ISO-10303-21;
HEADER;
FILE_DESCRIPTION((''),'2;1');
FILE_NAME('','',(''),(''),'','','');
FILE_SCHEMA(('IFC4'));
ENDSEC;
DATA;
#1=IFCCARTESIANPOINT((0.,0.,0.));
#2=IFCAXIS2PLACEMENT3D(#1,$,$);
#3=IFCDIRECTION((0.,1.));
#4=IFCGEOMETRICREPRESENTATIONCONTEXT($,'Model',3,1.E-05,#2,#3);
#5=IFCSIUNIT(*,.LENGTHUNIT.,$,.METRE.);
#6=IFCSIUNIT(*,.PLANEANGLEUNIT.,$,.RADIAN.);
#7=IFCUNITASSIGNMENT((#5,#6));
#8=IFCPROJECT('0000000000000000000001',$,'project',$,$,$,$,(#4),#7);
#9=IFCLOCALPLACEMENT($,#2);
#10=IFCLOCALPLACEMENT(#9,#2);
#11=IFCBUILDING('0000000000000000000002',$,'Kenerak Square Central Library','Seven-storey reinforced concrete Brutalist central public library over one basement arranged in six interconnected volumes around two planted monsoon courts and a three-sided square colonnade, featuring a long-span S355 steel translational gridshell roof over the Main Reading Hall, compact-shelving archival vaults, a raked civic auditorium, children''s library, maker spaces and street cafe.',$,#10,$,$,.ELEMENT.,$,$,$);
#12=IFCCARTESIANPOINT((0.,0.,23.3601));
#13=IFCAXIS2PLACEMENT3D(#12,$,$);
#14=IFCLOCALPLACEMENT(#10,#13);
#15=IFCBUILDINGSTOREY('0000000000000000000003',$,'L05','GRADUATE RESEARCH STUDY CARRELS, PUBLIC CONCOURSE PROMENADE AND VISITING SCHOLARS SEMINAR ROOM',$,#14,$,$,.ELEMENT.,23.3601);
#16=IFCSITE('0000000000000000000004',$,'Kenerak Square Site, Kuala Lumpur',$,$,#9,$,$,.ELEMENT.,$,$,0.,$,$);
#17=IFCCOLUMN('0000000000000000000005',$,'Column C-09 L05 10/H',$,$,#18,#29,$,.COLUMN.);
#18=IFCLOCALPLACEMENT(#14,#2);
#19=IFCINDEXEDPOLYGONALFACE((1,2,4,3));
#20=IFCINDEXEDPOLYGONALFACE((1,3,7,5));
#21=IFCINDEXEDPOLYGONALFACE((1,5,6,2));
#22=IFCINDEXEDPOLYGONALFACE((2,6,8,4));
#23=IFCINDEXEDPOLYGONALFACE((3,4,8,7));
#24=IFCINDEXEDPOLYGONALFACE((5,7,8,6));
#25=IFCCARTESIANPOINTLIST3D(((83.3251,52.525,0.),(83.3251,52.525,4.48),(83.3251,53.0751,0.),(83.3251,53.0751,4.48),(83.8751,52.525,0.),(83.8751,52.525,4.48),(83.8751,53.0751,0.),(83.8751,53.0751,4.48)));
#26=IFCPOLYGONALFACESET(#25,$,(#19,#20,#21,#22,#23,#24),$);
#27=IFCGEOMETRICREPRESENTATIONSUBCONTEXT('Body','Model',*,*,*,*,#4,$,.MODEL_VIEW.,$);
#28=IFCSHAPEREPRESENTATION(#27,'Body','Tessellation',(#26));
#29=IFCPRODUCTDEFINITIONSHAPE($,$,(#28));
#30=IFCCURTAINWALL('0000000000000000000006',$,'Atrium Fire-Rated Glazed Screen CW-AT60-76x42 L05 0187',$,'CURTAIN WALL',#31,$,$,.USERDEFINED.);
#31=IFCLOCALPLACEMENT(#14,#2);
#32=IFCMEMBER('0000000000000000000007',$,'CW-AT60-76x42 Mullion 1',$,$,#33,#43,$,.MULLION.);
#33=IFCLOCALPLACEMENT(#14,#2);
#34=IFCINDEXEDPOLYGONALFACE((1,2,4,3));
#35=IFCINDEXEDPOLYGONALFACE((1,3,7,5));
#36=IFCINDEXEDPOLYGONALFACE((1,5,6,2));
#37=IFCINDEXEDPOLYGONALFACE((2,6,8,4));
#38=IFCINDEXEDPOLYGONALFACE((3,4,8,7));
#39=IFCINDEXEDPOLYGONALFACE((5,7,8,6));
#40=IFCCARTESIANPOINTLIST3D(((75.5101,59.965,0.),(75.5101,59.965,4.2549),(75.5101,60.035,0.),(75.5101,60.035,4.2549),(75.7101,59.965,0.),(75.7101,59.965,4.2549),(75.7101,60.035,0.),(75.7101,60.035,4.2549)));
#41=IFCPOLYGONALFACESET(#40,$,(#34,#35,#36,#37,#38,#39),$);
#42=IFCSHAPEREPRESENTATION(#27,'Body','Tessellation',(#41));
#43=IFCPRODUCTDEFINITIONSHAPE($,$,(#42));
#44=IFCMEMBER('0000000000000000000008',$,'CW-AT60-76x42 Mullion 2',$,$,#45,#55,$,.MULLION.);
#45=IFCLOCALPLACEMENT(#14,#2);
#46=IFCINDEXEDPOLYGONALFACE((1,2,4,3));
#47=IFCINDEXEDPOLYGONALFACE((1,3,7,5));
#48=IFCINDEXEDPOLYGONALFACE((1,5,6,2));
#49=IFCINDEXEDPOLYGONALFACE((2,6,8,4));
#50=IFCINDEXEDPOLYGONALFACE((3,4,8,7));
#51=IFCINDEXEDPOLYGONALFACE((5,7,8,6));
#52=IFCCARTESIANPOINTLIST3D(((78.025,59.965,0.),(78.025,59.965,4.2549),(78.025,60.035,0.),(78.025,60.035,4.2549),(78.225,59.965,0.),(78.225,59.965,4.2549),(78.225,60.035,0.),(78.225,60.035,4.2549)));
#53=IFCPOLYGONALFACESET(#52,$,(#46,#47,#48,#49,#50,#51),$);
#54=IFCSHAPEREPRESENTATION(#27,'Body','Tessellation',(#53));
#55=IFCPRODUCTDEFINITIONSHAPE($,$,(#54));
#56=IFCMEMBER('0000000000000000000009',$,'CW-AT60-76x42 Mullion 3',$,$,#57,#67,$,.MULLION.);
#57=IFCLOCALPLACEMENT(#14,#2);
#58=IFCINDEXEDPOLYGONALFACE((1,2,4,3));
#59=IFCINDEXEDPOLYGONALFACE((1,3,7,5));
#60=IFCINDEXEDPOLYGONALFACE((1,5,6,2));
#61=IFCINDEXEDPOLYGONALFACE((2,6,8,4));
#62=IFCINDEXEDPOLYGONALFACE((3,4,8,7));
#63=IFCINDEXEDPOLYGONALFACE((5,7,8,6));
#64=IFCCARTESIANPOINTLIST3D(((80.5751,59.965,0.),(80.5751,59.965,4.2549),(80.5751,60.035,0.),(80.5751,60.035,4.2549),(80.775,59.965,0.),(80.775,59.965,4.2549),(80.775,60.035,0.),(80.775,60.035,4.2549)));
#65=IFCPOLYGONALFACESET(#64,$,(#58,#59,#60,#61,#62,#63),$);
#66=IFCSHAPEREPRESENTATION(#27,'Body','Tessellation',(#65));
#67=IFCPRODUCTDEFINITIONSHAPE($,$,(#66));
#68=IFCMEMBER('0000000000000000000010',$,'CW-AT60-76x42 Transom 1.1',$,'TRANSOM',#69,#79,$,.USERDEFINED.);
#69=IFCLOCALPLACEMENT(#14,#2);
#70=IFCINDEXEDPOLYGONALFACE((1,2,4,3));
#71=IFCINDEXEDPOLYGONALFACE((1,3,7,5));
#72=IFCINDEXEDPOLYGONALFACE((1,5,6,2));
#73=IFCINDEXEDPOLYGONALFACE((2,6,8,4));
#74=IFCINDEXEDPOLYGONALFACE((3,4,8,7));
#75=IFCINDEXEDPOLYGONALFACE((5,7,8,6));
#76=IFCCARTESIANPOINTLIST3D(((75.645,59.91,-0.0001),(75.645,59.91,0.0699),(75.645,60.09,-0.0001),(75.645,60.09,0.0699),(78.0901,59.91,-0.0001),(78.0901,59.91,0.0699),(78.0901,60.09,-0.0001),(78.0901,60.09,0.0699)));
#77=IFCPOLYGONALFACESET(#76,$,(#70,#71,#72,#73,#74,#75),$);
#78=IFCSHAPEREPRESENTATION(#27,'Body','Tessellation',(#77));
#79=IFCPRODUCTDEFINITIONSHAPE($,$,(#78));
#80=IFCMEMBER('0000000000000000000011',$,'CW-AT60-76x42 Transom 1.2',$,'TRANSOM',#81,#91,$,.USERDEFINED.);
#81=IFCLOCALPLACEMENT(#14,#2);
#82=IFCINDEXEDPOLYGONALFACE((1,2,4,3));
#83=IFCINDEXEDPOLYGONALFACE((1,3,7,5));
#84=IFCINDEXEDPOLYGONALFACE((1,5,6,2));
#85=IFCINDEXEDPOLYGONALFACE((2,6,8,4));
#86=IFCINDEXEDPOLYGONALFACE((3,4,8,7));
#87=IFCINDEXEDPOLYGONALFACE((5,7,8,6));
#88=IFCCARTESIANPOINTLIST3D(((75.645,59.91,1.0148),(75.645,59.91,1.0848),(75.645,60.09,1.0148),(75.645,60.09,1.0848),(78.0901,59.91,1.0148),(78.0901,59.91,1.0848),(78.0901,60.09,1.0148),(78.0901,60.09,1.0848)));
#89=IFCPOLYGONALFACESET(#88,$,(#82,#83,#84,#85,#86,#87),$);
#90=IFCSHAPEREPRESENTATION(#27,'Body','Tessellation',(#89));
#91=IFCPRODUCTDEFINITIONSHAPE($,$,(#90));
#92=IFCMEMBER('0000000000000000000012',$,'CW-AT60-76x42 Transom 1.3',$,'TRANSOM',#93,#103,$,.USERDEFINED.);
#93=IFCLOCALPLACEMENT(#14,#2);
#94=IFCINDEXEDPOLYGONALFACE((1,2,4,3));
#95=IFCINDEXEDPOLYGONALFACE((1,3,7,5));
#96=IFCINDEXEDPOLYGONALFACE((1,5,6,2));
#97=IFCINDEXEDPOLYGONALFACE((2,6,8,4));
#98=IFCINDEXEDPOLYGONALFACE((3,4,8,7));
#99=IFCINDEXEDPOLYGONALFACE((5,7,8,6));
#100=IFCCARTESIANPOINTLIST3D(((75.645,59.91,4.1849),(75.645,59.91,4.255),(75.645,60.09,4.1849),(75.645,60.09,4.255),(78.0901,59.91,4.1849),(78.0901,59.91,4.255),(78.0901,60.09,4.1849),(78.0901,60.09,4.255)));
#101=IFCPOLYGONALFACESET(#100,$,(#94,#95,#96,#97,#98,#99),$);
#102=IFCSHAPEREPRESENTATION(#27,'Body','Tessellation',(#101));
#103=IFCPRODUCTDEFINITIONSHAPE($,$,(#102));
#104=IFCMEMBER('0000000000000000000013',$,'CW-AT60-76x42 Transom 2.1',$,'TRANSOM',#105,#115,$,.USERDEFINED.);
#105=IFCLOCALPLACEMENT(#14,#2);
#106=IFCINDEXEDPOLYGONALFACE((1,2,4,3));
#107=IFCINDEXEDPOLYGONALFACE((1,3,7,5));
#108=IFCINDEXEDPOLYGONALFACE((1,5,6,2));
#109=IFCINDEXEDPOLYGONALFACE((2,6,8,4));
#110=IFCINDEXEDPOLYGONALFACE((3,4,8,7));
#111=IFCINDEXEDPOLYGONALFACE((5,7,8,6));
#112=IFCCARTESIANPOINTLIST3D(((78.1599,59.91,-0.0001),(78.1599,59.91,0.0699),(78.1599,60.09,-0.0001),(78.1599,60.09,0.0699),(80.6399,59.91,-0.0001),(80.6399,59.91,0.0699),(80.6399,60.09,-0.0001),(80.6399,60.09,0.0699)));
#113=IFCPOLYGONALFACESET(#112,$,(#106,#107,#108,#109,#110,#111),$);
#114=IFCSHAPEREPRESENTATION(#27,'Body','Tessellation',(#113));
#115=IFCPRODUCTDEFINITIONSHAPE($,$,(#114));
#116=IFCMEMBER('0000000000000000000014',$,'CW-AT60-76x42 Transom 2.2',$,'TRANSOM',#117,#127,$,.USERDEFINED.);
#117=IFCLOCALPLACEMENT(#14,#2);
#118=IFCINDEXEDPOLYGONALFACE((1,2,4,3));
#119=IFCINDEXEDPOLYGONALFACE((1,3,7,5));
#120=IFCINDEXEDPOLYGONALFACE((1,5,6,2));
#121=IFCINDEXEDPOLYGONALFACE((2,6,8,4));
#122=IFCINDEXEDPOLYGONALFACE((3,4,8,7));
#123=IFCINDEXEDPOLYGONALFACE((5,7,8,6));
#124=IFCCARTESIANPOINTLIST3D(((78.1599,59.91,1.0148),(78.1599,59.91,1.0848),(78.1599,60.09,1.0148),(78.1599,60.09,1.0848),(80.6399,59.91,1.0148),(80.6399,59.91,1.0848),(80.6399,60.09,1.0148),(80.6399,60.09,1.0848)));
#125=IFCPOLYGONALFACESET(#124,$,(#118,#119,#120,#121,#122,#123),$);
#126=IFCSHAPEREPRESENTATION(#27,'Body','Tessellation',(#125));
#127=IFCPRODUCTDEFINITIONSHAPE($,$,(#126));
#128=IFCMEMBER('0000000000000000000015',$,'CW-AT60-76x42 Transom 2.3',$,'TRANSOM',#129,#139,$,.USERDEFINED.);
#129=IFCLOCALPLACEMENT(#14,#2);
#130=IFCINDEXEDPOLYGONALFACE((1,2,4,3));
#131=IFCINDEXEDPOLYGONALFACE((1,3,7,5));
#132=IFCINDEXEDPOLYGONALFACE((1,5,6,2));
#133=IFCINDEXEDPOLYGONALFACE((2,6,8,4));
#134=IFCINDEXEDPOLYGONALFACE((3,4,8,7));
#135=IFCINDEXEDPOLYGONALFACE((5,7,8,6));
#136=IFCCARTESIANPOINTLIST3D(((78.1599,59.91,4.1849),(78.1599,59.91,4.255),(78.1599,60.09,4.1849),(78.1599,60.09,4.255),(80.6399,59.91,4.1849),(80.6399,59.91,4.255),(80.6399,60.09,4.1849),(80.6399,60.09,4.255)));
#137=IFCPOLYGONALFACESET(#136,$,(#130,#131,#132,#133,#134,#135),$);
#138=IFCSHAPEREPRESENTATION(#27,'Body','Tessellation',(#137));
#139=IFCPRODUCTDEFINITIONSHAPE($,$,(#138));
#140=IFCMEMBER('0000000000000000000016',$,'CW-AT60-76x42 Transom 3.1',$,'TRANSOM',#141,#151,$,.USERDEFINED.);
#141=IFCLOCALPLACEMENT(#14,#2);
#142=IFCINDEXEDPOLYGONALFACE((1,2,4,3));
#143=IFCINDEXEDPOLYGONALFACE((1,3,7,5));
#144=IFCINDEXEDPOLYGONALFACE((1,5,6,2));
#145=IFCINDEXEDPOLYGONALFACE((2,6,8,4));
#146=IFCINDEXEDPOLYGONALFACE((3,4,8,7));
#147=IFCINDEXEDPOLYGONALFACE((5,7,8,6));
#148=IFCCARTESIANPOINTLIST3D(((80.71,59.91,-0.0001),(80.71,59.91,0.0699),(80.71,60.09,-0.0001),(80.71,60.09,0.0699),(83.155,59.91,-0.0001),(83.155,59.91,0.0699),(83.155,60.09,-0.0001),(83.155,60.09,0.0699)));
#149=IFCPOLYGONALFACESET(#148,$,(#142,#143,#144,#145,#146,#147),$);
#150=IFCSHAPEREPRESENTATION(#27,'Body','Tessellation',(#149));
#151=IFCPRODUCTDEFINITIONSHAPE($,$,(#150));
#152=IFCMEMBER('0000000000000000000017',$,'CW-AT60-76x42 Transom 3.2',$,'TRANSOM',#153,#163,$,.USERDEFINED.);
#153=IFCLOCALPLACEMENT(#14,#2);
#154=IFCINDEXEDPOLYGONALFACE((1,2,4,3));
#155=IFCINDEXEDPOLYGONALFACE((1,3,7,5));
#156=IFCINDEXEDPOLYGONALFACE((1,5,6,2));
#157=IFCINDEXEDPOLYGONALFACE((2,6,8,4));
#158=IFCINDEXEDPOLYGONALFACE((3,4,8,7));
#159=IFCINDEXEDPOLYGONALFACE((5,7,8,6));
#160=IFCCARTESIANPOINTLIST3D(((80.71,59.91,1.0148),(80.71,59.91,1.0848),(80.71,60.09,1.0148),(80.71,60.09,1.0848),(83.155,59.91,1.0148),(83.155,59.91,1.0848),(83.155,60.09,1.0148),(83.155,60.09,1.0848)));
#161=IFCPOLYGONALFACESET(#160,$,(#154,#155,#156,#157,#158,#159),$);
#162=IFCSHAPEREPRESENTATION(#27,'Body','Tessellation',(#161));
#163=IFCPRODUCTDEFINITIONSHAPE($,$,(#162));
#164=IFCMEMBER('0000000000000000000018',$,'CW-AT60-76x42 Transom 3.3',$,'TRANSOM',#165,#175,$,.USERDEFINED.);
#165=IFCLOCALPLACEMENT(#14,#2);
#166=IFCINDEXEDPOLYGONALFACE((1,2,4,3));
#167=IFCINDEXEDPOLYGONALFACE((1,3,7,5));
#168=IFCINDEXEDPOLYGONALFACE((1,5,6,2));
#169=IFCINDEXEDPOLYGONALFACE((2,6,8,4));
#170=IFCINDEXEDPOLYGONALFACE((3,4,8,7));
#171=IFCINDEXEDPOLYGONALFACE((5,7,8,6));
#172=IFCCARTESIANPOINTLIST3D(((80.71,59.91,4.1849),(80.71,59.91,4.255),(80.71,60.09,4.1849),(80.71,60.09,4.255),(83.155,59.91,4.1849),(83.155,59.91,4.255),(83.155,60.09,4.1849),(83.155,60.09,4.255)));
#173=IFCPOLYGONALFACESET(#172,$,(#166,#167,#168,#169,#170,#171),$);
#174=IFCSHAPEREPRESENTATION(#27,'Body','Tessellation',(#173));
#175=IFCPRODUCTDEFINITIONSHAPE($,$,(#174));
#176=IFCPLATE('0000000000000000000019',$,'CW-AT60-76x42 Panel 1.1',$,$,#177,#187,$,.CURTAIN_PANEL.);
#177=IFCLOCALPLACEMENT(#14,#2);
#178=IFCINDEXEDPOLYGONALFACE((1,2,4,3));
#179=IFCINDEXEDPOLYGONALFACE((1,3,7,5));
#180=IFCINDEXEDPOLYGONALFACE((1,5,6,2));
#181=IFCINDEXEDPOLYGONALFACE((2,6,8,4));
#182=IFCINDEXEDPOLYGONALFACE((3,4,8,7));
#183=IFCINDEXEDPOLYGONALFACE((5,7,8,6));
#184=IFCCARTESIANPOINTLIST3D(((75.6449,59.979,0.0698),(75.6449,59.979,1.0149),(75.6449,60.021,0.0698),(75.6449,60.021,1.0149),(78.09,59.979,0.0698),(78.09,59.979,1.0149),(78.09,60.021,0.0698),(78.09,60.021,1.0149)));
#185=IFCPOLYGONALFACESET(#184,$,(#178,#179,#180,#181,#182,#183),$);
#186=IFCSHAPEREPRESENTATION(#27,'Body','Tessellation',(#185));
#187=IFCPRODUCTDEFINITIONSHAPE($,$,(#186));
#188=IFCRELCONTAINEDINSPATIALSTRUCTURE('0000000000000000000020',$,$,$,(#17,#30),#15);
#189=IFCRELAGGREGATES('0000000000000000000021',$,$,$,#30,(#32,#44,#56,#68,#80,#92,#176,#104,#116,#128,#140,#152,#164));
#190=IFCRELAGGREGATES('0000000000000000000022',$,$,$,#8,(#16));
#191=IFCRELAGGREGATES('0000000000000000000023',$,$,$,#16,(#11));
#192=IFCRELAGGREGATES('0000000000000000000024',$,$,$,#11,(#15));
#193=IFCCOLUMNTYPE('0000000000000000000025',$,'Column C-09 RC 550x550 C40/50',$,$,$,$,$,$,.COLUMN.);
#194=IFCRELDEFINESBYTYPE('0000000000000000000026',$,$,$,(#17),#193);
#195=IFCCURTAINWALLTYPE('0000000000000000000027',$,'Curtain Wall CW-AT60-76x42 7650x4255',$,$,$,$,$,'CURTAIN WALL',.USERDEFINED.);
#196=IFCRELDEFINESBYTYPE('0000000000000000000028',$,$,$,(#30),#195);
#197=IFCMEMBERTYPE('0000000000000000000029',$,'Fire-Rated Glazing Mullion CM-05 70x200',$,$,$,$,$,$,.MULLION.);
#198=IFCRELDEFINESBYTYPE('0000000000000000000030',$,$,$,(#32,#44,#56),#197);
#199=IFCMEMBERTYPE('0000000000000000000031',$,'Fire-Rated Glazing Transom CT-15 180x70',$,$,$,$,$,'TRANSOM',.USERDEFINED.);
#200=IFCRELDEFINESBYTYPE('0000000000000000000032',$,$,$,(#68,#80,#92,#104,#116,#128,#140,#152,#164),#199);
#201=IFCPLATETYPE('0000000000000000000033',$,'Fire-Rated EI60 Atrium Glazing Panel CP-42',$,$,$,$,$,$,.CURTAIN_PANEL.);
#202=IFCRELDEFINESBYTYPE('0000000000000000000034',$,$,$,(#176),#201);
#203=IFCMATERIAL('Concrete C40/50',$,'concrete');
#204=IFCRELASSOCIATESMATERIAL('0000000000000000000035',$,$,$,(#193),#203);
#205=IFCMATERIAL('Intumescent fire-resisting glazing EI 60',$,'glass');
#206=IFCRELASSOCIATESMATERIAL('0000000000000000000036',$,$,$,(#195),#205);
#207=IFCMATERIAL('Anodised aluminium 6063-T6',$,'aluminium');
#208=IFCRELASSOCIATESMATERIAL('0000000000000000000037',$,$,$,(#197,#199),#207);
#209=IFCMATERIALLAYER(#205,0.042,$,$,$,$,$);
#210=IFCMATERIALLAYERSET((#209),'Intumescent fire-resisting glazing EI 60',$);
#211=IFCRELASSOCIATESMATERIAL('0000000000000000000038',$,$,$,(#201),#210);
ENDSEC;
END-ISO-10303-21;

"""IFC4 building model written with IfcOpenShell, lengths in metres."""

from ifc_helpers import new_model, si_unit, direction, frame, origin, origin_2d, place, context, subcontext, project, spatial, rectangle, extrude, material, layer, layer_set, material_profile, profile_set, type_object, element, aggregate, save


model = new_model("IFC4")

# Units and contexts
model_context = context("Model", 3, precision=1e-05, world=origin(), true_north=direction((0.0, 1.0)))
body_context = subcontext(model_context, "Body", "Model", "MODEL_VIEW")
ifc_project = project(units=[si_unit("LENGTHUNIT", "METRE"), si_unit("PLANEANGLEUNIT", "RADIAN")], contexts=[model_context])

# Site, building, storey
site_placement = place(None, origin())
site = spatial("IfcSite", under=ifc_project, at=site_placement, Name="Kenerak Square Site, Kuala Lumpur", CompositionType="ELEMENT", RefElevation=0.0)
building_placement = place(site_placement, origin())
building = spatial("IfcBuilding", under=site, at=building_placement, Name="Kenerak Square Central Library", Description="Seven-storey reinforced concrete Brutalist central public library over one basement arranged in six interconnected volumes around two planted monsoon courts and a three-sided square colonnade, featuring a long-span S355 steel translational gridshell roof over the Main Reading Hall, compact-shelving archival vaults, a raked civic auditorium, children's library, maker spaces and street cafe.", CompositionType="ELEMENT")
storey_placement = place(building_placement, frame((0.0, 0.0, 23.3601)))
storey = spatial("IfcBuildingStorey", under=building, at=storey_placement, Name="L05", Description="GRADUATE RESEARCH STUDY CARRELS, PUBLIC CONCOURSE PROMENADE AND VISITING SCHOLARS SEMINAR ROOM", CompositionType="ELEMENT", Elevation=23.3601)

# Column
ifc_material_1 = material(Name="Concrete C40/50", Category="concrete")
ifc_material_profile_1 = material_profile(ifc_material_1, rectangle(XDim=0.55, YDim=0.55, at=origin_2d()), Name="RC 550x550")
ifc_profile_set_1 = profile_set([ifc_material_profile_1], Name="Concrete C40/50")
column_type = type_object("IfcColumnType", Name="Column C-09 RC 550x550 C40/50", PredefinedType="COLUMN", material=ifc_profile_set_1)
column_placement = place(storey_placement, frame((83.6001, 52.8, 0.0), z_axis=(0.0, 0.0, 1.0), x_axis=(1.0, 0.0, 0.0)))
element("IfcColumn", 1, at=column_placement, inside=storey, type_object=column_type, Name="Column C-09 L05 10/H", PredefinedType="COLUMN", context=body_context, shape_type="SweptSolid", body=[
    extrude(rectangle(XDim=0.55, YDim=0.55, at=origin_2d()), origin(), (0.0, 0.0, 1.0), 4.48),
])

# Curtain wall, members, plate
ifc_material_2 = material(Name="Intumescent fire-resisting glazing EI 60", Category="glass")
curtain_wall_type = type_object("IfcCurtainWallType", Name="Curtain Wall CW-AT60-76x42 7650x4255", ElementType="CURTAIN WALL", PredefinedType="USERDEFINED", material=ifc_material_2)
curtain_wall_placement = place(storey_placement, origin())
curtain_wall = element("IfcCurtainWall", 2, at=curtain_wall_placement, inside=storey, type_object=curtain_wall_type, Name="Atrium Fire-Rated Glazed Screen CW-AT60-76x42 L05 0187", ObjectType="CURTAIN WALL", PredefinedType="USERDEFINED")
ifc_material_3 = material(Name="Anodised aluminium 6063-T6", Category="aluminium")
ifc_material_profile_2 = material_profile(ifc_material_3, rectangle(XDim=0.0701, YDim=0.2, at=origin_2d()), Name="AL MULLION 70x200")
ifc_profile_set_2 = profile_set([ifc_material_profile_2], Name="Anodised aluminium 6063-T6")
member_type_1 = type_object("IfcMemberType", Name="Fire-Rated Glazing Mullion CM-05 70x200", PredefinedType="MULLION", material=ifc_profile_set_2)
member_1_placement = place(storey_placement, frame((75.6101, 60.0, 0.0), z_axis=(0.0, 0.0, 1.0), x_axis=(0.0, 1.0, 0.0)))
member_1 = element("IfcMember", 3, at=member_1_placement, type_object=member_type_1, Name="CW-AT60-76x42 Mullion 1", PredefinedType="MULLION", context=body_context, shape_type="SweptSolid", body=[
    extrude(rectangle(XDim=0.0701, YDim=0.2, at=origin_2d()), origin(), (0.0, 0.0, 1.0), 4.2549),
])
member_2_placement = place(storey_placement, frame((78.125, 60.0, 0.0), z_axis=(0.0, 0.0, 1.0), x_axis=(0.0, 1.0, 0.0)))
member_2 = element("IfcMember", 4, at=member_2_placement, type_object=member_type_1, Name="CW-AT60-76x42 Mullion 2", PredefinedType="MULLION", context=body_context, shape_type="SweptSolid", body=[
    extrude(rectangle(XDim=0.0701, YDim=0.2, at=origin_2d()), origin(), (0.0, 0.0, 1.0), 4.2549),
])
member_3_placement = place(storey_placement, frame((80.675, 60.0, 0.0), z_axis=(0.0, 0.0, 1.0), x_axis=(0.0, 1.0, 0.0)))
member_3 = element("IfcMember", 5, at=member_3_placement, type_object=member_type_1, Name="CW-AT60-76x42 Mullion 3", PredefinedType="MULLION", context=body_context, shape_type="SweptSolid", body=[
    extrude(rectangle(XDim=0.0701, YDim=0.2, at=origin_2d()), origin(), (0.0, 0.0, 1.0), 4.2549),
])
ifc_material_profile_3 = material_profile(ifc_material_3, rectangle(XDim=0.1799, YDim=0.0701, at=origin_2d()), Name="AL TRANSOM 180x70")
ifc_profile_set_3 = profile_set([ifc_material_profile_3], Name="Anodised aluminium 6063-T6")
member_type_2 = type_object("IfcMemberType", Name="Fire-Rated Glazing Transom CT-15 180x70", ElementType="TRANSOM", PredefinedType="USERDEFINED", material=ifc_profile_set_3)
member_4_placement = place(storey_placement, frame((75.645, 60.0, 0.0349), z_axis=(1.0, 0.0, 0.0), x_axis=(0.0, 1.0, 0.0)))
member_4 = element("IfcMember", 6, at=member_4_placement, type_object=member_type_2, Name="CW-AT60-76x42 Transom 1.1", ObjectType="TRANSOM", PredefinedType="USERDEFINED", context=body_context, shape_type="SweptSolid", body=[
    extrude(rectangle(XDim=0.1799, YDim=0.0701, at=origin_2d()), origin(), (0.0, 0.0, 1.0), 2.4451),
])
member_5_placement = place(storey_placement, frame((75.645, 60.0, 1.0498), z_axis=(1.0, 0.0, 0.0), x_axis=(0.0, 1.0, 0.0)))
member_5 = element("IfcMember", 7, at=member_5_placement, type_object=member_type_2, Name="CW-AT60-76x42 Transom 1.2", ObjectType="TRANSOM", PredefinedType="USERDEFINED", context=body_context, shape_type="SweptSolid", body=[
    extrude(rectangle(XDim=0.1799, YDim=0.0701, at=origin_2d()), origin(), (0.0, 0.0, 1.0), 2.4451),
])
member_6_placement = place(storey_placement, frame((75.645, 60.0, 4.22), z_axis=(1.0, 0.0, 0.0), x_axis=(0.0, 1.0, 0.0)))
member_6 = element("IfcMember", 8, at=member_6_placement, type_object=member_type_2, Name="CW-AT60-76x42 Transom 1.3", ObjectType="TRANSOM", PredefinedType="USERDEFINED", context=body_context, shape_type="SweptSolid", body=[
    extrude(rectangle(XDim=0.1799, YDim=0.0701, at=origin_2d()), origin(), (0.0, 0.0, 1.0), 2.4451),
])
member_7_placement = place(storey_placement, frame((78.1599, 60.0, 0.0349), z_axis=(1.0, 0.0, 0.0), x_axis=(0.0, 1.0, 0.0)))
member_7 = element("IfcMember", 9, at=member_7_placement, type_object=member_type_2, Name="CW-AT60-76x42 Transom 2.1", ObjectType="TRANSOM", PredefinedType="USERDEFINED", context=body_context, shape_type="SweptSolid", body=[
    extrude(rectangle(XDim=0.1799, YDim=0.0701, at=origin_2d()), origin(), (0.0, 0.0, 1.0), 2.48),
])
member_8_placement = place(storey_placement, frame((78.1599, 60.0, 1.0498), z_axis=(1.0, 0.0, 0.0), x_axis=(0.0, 1.0, 0.0)))
member_8 = element("IfcMember", 10, at=member_8_placement, type_object=member_type_2, Name="CW-AT60-76x42 Transom 2.2", ObjectType="TRANSOM", PredefinedType="USERDEFINED", context=body_context, shape_type="SweptSolid", body=[
    extrude(rectangle(XDim=0.1799, YDim=0.0701, at=origin_2d()), origin(), (0.0, 0.0, 1.0), 2.48),
])
member_9_placement = place(storey_placement, frame((78.1599, 60.0, 4.22), z_axis=(1.0, 0.0, 0.0), x_axis=(0.0, 1.0, 0.0)))
member_9 = element("IfcMember", 11, at=member_9_placement, type_object=member_type_2, Name="CW-AT60-76x42 Transom 2.3", ObjectType="TRANSOM", PredefinedType="USERDEFINED", context=body_context, shape_type="SweptSolid", body=[
    extrude(rectangle(XDim=0.1799, YDim=0.0701, at=origin_2d()), origin(), (0.0, 0.0, 1.0), 2.48),
])
member_10_placement = place(storey_placement, frame((80.71, 60.0, 0.0349), z_axis=(1.0, 0.0, 0.0), x_axis=(0.0, 1.0, 0.0)))
member_10 = element("IfcMember", 12, at=member_10_placement, type_object=member_type_2, Name="CW-AT60-76x42 Transom 3.1", ObjectType="TRANSOM", PredefinedType="USERDEFINED", context=body_context, shape_type="SweptSolid", body=[
    extrude(rectangle(XDim=0.1799, YDim=0.0701, at=origin_2d()), origin(), (0.0, 0.0, 1.0), 2.4451),
])
member_11_placement = place(storey_placement, frame((80.71, 60.0, 1.0498), z_axis=(1.0, 0.0, 0.0), x_axis=(0.0, 1.0, 0.0)))
member_11 = element("IfcMember", 13, at=member_11_placement, type_object=member_type_2, Name="CW-AT60-76x42 Transom 3.2", ObjectType="TRANSOM", PredefinedType="USERDEFINED", context=body_context, shape_type="SweptSolid", body=[
    extrude(rectangle(XDim=0.1799, YDim=0.0701, at=origin_2d()), origin(), (0.0, 0.0, 1.0), 2.4451),
])
member_12_placement = place(storey_placement, frame((80.71, 60.0, 4.22), z_axis=(1.0, 0.0, 0.0), x_axis=(0.0, 1.0, 0.0)))
member_12 = element("IfcMember", 14, at=member_12_placement, type_object=member_type_2, Name="CW-AT60-76x42 Transom 3.3", ObjectType="TRANSOM", PredefinedType="USERDEFINED", context=body_context, shape_type="SweptSolid", body=[
    extrude(rectangle(XDim=0.1799, YDim=0.0701, at=origin_2d()), origin(), (0.0, 0.0, 1.0), 2.4451),
])
ifc_layer_1 = layer(ifc_material_2, 0.042)
ifc_layer_set_1 = layer_set([ifc_layer_1], Name="Intumescent fire-resisting glazing EI 60")
plate_type = type_object("IfcPlateType", Name="Fire-Rated EI60 Atrium Glazing Panel CP-42", PredefinedType="CURTAIN_PANEL", material=ifc_layer_set_1)
plate_1_placement = place(storey_placement, frame((76.8674, 60.0, 0.0698), z_axis=(0.0, 0.0, 1.0), x_axis=(1.0, 0.0, 0.0)))
plate_1 = element("IfcPlate", 15, at=plate_1_placement, type_object=plate_type, Name="CW-AT60-76x42 Panel 1.1", PredefinedType="CURTAIN_PANEL", context=body_context, shape_type="SweptSolid", body=[
    extrude(rectangle(XDim=2.4451, YDim=0.042, at=origin_2d()), origin(), (0.0, 0.0, 1.0), 0.9451),
])
aggregate(curtain_wall, [member_1, member_2, member_3, member_4, member_5, member_6, plate_1, member_7, member_8, member_9, member_10, member_11, member_12])

save(model, "model.ifc")
